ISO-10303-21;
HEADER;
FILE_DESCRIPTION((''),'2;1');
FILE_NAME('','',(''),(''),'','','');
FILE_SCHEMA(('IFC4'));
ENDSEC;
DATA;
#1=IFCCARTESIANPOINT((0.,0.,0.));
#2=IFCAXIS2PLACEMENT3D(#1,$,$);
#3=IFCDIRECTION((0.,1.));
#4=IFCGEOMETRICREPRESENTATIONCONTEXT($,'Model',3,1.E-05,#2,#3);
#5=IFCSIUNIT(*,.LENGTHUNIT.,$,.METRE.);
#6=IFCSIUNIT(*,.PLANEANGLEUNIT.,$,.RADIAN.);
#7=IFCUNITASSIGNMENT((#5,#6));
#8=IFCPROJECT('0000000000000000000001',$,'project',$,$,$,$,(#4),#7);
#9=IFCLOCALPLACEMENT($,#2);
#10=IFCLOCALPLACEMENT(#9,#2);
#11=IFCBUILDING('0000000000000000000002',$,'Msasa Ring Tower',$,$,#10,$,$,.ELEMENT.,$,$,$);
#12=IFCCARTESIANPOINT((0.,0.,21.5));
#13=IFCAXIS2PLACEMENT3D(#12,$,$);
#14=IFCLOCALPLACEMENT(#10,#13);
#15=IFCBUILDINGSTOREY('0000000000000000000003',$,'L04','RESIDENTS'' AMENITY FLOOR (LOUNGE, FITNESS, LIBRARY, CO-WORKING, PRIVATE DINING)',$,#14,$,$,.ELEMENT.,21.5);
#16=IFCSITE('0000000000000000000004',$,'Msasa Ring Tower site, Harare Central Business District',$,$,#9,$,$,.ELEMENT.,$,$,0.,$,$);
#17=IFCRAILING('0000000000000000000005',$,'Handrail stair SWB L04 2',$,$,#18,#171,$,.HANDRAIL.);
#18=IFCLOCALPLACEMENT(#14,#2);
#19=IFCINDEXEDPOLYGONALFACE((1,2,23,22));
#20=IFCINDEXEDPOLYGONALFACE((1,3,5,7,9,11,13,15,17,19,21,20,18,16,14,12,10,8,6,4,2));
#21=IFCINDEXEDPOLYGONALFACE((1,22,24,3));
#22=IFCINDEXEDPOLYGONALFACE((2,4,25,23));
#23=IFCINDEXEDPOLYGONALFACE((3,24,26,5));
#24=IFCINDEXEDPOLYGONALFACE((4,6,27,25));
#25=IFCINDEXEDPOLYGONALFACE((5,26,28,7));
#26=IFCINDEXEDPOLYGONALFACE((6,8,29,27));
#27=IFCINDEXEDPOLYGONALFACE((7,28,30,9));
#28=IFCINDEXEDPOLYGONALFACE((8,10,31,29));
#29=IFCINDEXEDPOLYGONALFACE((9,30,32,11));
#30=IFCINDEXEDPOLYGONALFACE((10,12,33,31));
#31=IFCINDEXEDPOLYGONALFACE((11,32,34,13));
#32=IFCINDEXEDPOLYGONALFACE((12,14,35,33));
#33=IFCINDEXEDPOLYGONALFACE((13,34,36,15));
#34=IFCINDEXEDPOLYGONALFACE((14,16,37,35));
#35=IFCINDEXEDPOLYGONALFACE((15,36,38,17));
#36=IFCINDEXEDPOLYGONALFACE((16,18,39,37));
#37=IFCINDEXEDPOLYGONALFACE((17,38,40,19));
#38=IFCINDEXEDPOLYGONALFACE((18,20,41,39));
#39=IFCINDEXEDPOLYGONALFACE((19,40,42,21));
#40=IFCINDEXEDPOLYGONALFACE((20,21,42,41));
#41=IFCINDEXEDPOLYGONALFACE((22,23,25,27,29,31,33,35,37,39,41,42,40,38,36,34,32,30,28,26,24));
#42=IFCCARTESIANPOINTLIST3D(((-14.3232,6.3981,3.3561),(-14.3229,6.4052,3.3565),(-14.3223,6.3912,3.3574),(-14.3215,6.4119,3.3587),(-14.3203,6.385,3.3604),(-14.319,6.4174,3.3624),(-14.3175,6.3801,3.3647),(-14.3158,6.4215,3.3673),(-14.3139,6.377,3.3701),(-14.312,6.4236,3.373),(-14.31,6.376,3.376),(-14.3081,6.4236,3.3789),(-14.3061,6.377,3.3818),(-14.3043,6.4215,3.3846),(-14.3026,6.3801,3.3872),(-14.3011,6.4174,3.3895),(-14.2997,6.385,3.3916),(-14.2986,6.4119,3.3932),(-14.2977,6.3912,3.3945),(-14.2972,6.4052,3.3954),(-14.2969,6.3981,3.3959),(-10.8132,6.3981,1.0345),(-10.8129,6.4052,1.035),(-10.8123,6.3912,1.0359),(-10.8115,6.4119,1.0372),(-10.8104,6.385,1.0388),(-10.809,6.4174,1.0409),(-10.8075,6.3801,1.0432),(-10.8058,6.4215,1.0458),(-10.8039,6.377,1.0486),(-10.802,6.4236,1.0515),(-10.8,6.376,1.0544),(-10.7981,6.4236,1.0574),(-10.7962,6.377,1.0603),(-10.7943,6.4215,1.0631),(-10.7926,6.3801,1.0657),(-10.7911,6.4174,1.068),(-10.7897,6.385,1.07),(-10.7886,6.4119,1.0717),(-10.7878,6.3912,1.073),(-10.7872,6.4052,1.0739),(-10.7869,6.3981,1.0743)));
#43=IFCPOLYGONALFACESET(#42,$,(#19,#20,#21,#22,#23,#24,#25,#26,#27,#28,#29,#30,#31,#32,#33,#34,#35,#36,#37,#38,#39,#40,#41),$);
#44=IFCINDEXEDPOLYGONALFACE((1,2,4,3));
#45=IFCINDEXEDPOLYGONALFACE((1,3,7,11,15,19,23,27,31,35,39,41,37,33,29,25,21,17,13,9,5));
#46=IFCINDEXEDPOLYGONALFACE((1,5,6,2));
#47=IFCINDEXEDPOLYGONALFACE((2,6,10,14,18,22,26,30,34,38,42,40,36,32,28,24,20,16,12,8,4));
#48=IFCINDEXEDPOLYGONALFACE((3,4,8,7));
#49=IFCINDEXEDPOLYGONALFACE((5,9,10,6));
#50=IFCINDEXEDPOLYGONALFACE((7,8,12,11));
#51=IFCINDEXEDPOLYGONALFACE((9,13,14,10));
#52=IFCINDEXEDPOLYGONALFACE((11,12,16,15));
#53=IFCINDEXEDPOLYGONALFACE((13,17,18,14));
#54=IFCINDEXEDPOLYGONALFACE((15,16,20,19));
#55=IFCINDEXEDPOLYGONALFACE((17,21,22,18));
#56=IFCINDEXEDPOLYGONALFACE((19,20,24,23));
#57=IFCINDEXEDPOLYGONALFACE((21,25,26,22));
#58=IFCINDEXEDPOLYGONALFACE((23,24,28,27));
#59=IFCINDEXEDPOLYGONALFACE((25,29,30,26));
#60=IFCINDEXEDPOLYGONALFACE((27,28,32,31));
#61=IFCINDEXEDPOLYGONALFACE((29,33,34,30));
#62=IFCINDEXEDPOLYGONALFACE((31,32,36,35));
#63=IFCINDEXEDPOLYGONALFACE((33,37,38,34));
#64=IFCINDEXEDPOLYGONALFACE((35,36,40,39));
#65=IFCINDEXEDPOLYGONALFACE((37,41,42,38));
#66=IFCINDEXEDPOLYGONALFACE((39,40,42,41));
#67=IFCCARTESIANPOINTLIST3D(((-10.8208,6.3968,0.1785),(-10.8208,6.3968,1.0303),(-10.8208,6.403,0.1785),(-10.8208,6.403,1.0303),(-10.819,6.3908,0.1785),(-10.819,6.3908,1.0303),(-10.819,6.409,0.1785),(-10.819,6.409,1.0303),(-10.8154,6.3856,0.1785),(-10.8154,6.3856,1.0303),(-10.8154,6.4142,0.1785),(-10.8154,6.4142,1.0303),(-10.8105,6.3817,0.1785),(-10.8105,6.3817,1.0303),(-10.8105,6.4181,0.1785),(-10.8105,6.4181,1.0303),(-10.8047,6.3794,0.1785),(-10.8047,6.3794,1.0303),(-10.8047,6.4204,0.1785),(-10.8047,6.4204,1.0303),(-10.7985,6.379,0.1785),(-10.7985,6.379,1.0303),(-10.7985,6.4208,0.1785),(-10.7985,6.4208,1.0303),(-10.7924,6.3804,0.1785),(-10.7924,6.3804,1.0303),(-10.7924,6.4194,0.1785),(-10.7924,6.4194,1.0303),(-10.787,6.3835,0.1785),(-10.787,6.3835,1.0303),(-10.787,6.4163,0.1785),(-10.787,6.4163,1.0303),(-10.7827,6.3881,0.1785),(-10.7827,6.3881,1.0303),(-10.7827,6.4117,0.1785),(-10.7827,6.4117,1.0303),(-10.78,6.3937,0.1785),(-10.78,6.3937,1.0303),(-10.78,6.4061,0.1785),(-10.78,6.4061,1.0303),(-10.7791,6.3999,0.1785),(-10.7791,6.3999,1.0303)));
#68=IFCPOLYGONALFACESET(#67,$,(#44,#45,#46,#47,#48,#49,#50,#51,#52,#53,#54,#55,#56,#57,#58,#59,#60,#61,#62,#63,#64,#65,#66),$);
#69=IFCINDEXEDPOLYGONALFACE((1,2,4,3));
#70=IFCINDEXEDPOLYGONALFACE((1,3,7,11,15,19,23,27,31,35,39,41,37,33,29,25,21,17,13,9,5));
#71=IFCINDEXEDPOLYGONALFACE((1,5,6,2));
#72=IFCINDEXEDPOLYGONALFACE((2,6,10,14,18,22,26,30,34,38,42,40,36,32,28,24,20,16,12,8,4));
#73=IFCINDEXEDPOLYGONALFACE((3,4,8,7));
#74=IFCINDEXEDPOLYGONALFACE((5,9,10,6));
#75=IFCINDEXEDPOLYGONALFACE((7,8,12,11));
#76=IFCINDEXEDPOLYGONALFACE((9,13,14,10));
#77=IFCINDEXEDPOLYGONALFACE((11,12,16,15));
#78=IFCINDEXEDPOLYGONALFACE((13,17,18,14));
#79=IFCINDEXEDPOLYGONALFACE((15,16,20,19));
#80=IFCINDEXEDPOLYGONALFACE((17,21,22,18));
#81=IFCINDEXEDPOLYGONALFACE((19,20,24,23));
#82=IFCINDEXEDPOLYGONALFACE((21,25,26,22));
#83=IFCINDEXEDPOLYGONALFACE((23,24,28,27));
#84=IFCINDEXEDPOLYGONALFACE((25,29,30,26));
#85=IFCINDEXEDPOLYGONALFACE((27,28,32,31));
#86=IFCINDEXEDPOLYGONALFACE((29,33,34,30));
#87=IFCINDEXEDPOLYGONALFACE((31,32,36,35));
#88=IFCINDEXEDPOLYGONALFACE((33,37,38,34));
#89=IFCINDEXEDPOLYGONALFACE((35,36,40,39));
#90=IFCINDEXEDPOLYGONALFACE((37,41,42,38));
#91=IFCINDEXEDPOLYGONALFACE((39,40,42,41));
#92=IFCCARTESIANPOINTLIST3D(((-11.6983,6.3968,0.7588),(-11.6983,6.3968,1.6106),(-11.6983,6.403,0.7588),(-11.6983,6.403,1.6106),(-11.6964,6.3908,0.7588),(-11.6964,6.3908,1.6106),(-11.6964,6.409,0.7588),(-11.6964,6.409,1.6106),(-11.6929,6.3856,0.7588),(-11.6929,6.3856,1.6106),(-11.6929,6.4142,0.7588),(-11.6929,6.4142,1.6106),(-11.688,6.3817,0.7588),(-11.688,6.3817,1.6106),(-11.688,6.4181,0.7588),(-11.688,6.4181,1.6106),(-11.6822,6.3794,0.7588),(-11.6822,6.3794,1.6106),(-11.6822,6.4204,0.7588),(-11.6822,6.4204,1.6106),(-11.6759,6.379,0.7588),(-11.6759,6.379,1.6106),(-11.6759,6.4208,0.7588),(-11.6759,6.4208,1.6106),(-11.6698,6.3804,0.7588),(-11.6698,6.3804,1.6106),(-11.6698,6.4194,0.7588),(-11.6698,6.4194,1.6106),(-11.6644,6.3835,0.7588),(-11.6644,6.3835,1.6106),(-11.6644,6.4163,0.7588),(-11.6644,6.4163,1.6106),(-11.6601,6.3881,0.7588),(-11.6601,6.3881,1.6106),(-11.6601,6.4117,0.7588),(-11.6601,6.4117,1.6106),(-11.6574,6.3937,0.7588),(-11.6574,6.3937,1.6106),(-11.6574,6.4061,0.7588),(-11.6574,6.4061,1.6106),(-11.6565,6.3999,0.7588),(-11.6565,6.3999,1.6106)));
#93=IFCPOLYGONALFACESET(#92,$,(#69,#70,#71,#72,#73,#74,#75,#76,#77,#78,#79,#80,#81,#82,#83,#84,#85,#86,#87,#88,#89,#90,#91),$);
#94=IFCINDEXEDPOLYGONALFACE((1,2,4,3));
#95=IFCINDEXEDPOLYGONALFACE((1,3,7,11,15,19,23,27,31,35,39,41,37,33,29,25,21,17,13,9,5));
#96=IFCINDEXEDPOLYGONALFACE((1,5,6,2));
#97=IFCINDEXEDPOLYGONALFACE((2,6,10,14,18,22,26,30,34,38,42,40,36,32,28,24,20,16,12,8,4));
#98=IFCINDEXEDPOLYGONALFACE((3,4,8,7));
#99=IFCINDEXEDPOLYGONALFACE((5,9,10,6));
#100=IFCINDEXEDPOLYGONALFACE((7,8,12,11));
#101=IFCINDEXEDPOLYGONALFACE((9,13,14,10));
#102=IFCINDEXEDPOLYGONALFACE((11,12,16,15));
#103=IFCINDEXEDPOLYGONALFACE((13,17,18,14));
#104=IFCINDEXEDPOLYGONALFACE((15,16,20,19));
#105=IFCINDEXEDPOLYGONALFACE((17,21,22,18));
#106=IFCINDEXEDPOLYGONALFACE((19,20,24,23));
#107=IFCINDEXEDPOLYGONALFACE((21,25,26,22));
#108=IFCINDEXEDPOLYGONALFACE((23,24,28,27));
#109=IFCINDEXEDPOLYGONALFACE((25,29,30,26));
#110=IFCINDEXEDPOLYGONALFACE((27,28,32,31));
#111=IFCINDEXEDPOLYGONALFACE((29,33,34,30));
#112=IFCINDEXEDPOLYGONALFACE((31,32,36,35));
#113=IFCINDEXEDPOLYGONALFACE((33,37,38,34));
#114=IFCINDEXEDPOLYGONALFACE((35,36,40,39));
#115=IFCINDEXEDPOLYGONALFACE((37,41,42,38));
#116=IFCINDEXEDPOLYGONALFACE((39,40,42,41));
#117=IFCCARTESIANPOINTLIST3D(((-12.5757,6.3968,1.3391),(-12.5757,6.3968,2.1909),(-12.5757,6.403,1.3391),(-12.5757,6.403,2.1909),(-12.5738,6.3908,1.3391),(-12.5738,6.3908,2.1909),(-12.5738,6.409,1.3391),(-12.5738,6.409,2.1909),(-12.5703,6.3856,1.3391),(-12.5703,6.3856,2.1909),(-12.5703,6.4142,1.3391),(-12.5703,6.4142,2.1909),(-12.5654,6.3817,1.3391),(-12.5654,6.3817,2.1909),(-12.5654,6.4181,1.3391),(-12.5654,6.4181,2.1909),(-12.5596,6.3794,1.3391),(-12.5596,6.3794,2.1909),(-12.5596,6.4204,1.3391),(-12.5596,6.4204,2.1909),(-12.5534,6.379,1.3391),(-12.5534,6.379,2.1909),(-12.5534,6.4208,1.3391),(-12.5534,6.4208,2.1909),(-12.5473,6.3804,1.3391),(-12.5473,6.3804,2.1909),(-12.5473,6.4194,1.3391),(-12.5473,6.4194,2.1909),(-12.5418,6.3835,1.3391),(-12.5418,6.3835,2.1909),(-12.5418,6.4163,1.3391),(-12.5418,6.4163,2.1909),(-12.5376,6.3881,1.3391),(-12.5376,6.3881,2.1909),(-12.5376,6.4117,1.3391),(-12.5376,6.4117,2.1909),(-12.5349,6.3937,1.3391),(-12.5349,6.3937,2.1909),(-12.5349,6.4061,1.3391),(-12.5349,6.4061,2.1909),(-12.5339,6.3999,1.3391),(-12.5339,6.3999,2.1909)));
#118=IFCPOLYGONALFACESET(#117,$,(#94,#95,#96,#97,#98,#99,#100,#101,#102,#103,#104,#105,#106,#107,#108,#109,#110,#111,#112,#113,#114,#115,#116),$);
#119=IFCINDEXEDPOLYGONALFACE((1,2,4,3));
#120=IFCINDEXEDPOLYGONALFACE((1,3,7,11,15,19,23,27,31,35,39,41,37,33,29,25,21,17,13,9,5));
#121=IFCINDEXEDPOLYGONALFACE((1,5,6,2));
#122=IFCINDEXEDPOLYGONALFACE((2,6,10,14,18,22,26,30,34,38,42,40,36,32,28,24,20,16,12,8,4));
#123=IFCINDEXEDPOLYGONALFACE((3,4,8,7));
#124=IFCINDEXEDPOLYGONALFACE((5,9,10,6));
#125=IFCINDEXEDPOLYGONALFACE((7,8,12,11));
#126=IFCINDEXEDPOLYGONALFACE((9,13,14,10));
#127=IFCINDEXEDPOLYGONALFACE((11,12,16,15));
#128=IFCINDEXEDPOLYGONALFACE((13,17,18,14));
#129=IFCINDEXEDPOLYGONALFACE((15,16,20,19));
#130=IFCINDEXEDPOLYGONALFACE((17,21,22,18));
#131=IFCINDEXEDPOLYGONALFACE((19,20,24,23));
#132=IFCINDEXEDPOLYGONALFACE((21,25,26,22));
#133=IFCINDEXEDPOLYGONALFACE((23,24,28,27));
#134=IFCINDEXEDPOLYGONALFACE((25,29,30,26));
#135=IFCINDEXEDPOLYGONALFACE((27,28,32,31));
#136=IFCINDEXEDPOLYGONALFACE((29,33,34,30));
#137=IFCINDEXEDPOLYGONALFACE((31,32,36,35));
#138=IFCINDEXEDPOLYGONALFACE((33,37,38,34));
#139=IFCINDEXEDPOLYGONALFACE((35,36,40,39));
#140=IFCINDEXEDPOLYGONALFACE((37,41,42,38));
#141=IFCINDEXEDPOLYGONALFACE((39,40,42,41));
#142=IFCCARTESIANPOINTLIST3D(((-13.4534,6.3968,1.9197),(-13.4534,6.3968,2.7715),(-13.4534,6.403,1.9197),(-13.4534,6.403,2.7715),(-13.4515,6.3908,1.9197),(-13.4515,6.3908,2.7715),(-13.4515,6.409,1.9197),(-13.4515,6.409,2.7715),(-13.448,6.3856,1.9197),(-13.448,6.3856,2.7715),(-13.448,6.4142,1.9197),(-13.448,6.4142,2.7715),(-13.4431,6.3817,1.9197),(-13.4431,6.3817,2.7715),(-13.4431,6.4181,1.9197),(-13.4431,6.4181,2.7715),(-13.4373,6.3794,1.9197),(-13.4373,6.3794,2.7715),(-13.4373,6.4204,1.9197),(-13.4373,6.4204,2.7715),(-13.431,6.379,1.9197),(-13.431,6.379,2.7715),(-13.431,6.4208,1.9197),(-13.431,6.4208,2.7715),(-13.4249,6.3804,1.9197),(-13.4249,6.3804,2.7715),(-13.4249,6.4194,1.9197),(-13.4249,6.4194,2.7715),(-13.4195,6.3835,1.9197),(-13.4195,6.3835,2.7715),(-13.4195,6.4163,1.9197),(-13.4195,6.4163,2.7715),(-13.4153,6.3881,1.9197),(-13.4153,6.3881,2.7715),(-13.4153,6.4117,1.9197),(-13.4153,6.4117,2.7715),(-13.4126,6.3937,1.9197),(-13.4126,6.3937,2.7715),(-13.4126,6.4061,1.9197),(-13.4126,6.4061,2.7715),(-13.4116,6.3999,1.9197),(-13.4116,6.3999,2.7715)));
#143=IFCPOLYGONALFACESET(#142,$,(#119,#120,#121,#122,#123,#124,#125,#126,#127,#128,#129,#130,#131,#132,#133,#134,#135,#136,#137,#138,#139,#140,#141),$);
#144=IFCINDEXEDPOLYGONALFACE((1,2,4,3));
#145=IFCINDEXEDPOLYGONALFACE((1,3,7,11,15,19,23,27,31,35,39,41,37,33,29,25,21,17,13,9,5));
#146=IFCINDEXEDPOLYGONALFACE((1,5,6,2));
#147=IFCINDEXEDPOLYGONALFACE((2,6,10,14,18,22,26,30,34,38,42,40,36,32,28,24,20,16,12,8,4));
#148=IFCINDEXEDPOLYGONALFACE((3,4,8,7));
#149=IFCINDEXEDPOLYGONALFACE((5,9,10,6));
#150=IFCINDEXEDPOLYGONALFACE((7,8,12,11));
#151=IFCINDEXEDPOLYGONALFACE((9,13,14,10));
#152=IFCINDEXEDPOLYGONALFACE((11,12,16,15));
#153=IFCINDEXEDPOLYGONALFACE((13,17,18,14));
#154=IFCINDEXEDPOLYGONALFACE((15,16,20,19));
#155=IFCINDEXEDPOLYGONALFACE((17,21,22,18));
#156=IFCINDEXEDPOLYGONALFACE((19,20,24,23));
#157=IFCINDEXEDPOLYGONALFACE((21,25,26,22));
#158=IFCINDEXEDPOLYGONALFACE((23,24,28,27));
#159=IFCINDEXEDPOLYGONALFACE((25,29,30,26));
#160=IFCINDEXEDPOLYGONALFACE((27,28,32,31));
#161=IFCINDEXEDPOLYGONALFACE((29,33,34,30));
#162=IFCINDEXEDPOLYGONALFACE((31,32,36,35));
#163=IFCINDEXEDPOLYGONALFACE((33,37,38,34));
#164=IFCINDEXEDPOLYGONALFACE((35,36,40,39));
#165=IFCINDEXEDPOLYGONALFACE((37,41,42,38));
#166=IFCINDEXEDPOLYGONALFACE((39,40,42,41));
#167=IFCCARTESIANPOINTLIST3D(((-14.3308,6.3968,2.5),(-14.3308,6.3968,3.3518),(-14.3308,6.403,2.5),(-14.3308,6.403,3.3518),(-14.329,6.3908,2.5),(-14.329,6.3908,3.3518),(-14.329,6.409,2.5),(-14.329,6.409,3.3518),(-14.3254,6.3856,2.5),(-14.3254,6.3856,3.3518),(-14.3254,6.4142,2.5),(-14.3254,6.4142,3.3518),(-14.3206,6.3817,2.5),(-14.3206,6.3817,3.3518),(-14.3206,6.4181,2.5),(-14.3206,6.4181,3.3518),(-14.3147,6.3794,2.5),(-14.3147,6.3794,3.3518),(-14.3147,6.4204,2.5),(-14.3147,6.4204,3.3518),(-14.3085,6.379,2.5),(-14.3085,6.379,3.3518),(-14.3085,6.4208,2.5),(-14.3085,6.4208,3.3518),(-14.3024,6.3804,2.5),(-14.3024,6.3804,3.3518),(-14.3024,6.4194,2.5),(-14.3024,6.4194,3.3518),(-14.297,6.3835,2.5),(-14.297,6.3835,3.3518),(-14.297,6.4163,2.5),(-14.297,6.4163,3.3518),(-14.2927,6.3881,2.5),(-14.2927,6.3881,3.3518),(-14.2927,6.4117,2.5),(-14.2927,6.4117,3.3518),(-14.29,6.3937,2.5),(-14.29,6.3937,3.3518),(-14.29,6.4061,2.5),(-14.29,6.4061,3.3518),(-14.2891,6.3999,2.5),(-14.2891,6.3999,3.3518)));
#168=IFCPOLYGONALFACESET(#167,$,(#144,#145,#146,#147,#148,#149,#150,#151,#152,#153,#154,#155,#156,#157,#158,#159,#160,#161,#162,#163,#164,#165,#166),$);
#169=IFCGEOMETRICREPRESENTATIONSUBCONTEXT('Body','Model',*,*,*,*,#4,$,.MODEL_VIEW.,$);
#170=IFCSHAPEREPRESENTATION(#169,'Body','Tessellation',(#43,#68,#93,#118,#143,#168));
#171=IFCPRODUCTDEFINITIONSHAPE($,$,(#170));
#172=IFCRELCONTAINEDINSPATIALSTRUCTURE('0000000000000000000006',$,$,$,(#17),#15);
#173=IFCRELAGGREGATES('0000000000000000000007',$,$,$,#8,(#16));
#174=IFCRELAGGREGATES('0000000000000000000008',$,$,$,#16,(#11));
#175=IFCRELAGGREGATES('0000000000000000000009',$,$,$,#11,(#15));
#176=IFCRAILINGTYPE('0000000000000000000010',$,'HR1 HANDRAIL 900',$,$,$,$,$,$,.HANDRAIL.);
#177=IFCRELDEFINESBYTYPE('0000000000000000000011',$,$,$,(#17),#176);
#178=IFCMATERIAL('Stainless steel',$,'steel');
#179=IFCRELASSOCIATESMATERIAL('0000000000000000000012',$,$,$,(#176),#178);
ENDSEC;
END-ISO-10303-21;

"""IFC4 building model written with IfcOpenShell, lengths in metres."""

from ifc_helpers import new_model, si_unit, direction, frame, origin, origin_2d, place, context, subcontext, project, spatial, circle, extrude, material, type_object, element, save


model = new_model("IFC4")

# Units and contexts
model_context = context("Model", 3, precision=1e-05, world=origin(), true_north=direction((0.0, 1.0)))
body_context = subcontext(model_context, "Body", "Model", "MODEL_VIEW")
ifc_project = project(units=[si_unit("LENGTHUNIT", "METRE"), si_unit("PLANEANGLEUNIT", "RADIAN")], contexts=[model_context])

# Site, building, storey
site_placement = place(None, origin())
site = spatial("IfcSite", under=ifc_project, at=site_placement, Name="Msasa Ring Tower site, Harare Central Business District", CompositionType="ELEMENT", RefElevation=0.0)
building_placement = place(site_placement, origin())
building = spatial("IfcBuilding", under=site, at=building_placement, Name="Msasa Ring Tower", CompositionType="ELEMENT")
storey_placement = place(building_placement, frame((0.0, 0.0, 21.5)))
storey = spatial("IfcBuildingStorey", under=building, at=storey_placement, Name="L04", Description="RESIDENTS' AMENITY FLOOR (LOUNGE, FITNESS, LIBRARY, CO-WORKING, PRIVATE DINING)", CompositionType="ELEMENT", Elevation=21.5)

# Railing
ifc_material_1 = material(Name="Stainless steel", Category="steel")
railing_type = type_object("IfcRailingType", Name="HR1 HANDRAIL 900", PredefinedType="HANDRAIL", material=ifc_material_1)
for number, where, name in (
    (1, (-10.8, 6.3999, 0.1785), "Handrail stair SWB L04 2"),
):
    element("IfcRailing", number, at=place(storey_placement, frame(where)), inside=storey, type_object=railing_type, Name=name, PredefinedType="HANDRAIL", context=body_context, shape_type="SweptSolid", body=[
        extrude(circle(Radius=0.0239, at=origin_2d()), frame((0.0, 0.0, 0.876), z_axis=(-0.834071, 0.0, 0.551657), x_axis=(0.0, -1.0, 0.0)), (0.0, 0.0, 1.0), 4.2083),
        extrude(circle(Radius=0.021, at=origin_2d()), origin(), (0.0, 0.0, 1.0), 0.8518),
        extrude(circle(Radius=0.021, at=origin_2d()), frame((-0.8774, 0.0, 0.5803)), (0.0, 0.0, 1.0), 0.8518),
        extrude(circle(Radius=0.021, at=origin_2d()), frame((-1.7549, 0.0, 1.1606)), (0.0, 0.0, 1.0), 0.8518),
        extrude(circle(Radius=0.021, at=origin_2d()), frame((-2.6326, 0.0, 1.7412)), (0.0, 0.0, 1.0), 0.8518),
        extrude(circle(Radius=0.021, at=origin_2d()), frame((-3.51, 0.0, 2.3215)), (0.0, 0.0, 1.0), 0.8518),
    ])

save(model, "model.ifc")
